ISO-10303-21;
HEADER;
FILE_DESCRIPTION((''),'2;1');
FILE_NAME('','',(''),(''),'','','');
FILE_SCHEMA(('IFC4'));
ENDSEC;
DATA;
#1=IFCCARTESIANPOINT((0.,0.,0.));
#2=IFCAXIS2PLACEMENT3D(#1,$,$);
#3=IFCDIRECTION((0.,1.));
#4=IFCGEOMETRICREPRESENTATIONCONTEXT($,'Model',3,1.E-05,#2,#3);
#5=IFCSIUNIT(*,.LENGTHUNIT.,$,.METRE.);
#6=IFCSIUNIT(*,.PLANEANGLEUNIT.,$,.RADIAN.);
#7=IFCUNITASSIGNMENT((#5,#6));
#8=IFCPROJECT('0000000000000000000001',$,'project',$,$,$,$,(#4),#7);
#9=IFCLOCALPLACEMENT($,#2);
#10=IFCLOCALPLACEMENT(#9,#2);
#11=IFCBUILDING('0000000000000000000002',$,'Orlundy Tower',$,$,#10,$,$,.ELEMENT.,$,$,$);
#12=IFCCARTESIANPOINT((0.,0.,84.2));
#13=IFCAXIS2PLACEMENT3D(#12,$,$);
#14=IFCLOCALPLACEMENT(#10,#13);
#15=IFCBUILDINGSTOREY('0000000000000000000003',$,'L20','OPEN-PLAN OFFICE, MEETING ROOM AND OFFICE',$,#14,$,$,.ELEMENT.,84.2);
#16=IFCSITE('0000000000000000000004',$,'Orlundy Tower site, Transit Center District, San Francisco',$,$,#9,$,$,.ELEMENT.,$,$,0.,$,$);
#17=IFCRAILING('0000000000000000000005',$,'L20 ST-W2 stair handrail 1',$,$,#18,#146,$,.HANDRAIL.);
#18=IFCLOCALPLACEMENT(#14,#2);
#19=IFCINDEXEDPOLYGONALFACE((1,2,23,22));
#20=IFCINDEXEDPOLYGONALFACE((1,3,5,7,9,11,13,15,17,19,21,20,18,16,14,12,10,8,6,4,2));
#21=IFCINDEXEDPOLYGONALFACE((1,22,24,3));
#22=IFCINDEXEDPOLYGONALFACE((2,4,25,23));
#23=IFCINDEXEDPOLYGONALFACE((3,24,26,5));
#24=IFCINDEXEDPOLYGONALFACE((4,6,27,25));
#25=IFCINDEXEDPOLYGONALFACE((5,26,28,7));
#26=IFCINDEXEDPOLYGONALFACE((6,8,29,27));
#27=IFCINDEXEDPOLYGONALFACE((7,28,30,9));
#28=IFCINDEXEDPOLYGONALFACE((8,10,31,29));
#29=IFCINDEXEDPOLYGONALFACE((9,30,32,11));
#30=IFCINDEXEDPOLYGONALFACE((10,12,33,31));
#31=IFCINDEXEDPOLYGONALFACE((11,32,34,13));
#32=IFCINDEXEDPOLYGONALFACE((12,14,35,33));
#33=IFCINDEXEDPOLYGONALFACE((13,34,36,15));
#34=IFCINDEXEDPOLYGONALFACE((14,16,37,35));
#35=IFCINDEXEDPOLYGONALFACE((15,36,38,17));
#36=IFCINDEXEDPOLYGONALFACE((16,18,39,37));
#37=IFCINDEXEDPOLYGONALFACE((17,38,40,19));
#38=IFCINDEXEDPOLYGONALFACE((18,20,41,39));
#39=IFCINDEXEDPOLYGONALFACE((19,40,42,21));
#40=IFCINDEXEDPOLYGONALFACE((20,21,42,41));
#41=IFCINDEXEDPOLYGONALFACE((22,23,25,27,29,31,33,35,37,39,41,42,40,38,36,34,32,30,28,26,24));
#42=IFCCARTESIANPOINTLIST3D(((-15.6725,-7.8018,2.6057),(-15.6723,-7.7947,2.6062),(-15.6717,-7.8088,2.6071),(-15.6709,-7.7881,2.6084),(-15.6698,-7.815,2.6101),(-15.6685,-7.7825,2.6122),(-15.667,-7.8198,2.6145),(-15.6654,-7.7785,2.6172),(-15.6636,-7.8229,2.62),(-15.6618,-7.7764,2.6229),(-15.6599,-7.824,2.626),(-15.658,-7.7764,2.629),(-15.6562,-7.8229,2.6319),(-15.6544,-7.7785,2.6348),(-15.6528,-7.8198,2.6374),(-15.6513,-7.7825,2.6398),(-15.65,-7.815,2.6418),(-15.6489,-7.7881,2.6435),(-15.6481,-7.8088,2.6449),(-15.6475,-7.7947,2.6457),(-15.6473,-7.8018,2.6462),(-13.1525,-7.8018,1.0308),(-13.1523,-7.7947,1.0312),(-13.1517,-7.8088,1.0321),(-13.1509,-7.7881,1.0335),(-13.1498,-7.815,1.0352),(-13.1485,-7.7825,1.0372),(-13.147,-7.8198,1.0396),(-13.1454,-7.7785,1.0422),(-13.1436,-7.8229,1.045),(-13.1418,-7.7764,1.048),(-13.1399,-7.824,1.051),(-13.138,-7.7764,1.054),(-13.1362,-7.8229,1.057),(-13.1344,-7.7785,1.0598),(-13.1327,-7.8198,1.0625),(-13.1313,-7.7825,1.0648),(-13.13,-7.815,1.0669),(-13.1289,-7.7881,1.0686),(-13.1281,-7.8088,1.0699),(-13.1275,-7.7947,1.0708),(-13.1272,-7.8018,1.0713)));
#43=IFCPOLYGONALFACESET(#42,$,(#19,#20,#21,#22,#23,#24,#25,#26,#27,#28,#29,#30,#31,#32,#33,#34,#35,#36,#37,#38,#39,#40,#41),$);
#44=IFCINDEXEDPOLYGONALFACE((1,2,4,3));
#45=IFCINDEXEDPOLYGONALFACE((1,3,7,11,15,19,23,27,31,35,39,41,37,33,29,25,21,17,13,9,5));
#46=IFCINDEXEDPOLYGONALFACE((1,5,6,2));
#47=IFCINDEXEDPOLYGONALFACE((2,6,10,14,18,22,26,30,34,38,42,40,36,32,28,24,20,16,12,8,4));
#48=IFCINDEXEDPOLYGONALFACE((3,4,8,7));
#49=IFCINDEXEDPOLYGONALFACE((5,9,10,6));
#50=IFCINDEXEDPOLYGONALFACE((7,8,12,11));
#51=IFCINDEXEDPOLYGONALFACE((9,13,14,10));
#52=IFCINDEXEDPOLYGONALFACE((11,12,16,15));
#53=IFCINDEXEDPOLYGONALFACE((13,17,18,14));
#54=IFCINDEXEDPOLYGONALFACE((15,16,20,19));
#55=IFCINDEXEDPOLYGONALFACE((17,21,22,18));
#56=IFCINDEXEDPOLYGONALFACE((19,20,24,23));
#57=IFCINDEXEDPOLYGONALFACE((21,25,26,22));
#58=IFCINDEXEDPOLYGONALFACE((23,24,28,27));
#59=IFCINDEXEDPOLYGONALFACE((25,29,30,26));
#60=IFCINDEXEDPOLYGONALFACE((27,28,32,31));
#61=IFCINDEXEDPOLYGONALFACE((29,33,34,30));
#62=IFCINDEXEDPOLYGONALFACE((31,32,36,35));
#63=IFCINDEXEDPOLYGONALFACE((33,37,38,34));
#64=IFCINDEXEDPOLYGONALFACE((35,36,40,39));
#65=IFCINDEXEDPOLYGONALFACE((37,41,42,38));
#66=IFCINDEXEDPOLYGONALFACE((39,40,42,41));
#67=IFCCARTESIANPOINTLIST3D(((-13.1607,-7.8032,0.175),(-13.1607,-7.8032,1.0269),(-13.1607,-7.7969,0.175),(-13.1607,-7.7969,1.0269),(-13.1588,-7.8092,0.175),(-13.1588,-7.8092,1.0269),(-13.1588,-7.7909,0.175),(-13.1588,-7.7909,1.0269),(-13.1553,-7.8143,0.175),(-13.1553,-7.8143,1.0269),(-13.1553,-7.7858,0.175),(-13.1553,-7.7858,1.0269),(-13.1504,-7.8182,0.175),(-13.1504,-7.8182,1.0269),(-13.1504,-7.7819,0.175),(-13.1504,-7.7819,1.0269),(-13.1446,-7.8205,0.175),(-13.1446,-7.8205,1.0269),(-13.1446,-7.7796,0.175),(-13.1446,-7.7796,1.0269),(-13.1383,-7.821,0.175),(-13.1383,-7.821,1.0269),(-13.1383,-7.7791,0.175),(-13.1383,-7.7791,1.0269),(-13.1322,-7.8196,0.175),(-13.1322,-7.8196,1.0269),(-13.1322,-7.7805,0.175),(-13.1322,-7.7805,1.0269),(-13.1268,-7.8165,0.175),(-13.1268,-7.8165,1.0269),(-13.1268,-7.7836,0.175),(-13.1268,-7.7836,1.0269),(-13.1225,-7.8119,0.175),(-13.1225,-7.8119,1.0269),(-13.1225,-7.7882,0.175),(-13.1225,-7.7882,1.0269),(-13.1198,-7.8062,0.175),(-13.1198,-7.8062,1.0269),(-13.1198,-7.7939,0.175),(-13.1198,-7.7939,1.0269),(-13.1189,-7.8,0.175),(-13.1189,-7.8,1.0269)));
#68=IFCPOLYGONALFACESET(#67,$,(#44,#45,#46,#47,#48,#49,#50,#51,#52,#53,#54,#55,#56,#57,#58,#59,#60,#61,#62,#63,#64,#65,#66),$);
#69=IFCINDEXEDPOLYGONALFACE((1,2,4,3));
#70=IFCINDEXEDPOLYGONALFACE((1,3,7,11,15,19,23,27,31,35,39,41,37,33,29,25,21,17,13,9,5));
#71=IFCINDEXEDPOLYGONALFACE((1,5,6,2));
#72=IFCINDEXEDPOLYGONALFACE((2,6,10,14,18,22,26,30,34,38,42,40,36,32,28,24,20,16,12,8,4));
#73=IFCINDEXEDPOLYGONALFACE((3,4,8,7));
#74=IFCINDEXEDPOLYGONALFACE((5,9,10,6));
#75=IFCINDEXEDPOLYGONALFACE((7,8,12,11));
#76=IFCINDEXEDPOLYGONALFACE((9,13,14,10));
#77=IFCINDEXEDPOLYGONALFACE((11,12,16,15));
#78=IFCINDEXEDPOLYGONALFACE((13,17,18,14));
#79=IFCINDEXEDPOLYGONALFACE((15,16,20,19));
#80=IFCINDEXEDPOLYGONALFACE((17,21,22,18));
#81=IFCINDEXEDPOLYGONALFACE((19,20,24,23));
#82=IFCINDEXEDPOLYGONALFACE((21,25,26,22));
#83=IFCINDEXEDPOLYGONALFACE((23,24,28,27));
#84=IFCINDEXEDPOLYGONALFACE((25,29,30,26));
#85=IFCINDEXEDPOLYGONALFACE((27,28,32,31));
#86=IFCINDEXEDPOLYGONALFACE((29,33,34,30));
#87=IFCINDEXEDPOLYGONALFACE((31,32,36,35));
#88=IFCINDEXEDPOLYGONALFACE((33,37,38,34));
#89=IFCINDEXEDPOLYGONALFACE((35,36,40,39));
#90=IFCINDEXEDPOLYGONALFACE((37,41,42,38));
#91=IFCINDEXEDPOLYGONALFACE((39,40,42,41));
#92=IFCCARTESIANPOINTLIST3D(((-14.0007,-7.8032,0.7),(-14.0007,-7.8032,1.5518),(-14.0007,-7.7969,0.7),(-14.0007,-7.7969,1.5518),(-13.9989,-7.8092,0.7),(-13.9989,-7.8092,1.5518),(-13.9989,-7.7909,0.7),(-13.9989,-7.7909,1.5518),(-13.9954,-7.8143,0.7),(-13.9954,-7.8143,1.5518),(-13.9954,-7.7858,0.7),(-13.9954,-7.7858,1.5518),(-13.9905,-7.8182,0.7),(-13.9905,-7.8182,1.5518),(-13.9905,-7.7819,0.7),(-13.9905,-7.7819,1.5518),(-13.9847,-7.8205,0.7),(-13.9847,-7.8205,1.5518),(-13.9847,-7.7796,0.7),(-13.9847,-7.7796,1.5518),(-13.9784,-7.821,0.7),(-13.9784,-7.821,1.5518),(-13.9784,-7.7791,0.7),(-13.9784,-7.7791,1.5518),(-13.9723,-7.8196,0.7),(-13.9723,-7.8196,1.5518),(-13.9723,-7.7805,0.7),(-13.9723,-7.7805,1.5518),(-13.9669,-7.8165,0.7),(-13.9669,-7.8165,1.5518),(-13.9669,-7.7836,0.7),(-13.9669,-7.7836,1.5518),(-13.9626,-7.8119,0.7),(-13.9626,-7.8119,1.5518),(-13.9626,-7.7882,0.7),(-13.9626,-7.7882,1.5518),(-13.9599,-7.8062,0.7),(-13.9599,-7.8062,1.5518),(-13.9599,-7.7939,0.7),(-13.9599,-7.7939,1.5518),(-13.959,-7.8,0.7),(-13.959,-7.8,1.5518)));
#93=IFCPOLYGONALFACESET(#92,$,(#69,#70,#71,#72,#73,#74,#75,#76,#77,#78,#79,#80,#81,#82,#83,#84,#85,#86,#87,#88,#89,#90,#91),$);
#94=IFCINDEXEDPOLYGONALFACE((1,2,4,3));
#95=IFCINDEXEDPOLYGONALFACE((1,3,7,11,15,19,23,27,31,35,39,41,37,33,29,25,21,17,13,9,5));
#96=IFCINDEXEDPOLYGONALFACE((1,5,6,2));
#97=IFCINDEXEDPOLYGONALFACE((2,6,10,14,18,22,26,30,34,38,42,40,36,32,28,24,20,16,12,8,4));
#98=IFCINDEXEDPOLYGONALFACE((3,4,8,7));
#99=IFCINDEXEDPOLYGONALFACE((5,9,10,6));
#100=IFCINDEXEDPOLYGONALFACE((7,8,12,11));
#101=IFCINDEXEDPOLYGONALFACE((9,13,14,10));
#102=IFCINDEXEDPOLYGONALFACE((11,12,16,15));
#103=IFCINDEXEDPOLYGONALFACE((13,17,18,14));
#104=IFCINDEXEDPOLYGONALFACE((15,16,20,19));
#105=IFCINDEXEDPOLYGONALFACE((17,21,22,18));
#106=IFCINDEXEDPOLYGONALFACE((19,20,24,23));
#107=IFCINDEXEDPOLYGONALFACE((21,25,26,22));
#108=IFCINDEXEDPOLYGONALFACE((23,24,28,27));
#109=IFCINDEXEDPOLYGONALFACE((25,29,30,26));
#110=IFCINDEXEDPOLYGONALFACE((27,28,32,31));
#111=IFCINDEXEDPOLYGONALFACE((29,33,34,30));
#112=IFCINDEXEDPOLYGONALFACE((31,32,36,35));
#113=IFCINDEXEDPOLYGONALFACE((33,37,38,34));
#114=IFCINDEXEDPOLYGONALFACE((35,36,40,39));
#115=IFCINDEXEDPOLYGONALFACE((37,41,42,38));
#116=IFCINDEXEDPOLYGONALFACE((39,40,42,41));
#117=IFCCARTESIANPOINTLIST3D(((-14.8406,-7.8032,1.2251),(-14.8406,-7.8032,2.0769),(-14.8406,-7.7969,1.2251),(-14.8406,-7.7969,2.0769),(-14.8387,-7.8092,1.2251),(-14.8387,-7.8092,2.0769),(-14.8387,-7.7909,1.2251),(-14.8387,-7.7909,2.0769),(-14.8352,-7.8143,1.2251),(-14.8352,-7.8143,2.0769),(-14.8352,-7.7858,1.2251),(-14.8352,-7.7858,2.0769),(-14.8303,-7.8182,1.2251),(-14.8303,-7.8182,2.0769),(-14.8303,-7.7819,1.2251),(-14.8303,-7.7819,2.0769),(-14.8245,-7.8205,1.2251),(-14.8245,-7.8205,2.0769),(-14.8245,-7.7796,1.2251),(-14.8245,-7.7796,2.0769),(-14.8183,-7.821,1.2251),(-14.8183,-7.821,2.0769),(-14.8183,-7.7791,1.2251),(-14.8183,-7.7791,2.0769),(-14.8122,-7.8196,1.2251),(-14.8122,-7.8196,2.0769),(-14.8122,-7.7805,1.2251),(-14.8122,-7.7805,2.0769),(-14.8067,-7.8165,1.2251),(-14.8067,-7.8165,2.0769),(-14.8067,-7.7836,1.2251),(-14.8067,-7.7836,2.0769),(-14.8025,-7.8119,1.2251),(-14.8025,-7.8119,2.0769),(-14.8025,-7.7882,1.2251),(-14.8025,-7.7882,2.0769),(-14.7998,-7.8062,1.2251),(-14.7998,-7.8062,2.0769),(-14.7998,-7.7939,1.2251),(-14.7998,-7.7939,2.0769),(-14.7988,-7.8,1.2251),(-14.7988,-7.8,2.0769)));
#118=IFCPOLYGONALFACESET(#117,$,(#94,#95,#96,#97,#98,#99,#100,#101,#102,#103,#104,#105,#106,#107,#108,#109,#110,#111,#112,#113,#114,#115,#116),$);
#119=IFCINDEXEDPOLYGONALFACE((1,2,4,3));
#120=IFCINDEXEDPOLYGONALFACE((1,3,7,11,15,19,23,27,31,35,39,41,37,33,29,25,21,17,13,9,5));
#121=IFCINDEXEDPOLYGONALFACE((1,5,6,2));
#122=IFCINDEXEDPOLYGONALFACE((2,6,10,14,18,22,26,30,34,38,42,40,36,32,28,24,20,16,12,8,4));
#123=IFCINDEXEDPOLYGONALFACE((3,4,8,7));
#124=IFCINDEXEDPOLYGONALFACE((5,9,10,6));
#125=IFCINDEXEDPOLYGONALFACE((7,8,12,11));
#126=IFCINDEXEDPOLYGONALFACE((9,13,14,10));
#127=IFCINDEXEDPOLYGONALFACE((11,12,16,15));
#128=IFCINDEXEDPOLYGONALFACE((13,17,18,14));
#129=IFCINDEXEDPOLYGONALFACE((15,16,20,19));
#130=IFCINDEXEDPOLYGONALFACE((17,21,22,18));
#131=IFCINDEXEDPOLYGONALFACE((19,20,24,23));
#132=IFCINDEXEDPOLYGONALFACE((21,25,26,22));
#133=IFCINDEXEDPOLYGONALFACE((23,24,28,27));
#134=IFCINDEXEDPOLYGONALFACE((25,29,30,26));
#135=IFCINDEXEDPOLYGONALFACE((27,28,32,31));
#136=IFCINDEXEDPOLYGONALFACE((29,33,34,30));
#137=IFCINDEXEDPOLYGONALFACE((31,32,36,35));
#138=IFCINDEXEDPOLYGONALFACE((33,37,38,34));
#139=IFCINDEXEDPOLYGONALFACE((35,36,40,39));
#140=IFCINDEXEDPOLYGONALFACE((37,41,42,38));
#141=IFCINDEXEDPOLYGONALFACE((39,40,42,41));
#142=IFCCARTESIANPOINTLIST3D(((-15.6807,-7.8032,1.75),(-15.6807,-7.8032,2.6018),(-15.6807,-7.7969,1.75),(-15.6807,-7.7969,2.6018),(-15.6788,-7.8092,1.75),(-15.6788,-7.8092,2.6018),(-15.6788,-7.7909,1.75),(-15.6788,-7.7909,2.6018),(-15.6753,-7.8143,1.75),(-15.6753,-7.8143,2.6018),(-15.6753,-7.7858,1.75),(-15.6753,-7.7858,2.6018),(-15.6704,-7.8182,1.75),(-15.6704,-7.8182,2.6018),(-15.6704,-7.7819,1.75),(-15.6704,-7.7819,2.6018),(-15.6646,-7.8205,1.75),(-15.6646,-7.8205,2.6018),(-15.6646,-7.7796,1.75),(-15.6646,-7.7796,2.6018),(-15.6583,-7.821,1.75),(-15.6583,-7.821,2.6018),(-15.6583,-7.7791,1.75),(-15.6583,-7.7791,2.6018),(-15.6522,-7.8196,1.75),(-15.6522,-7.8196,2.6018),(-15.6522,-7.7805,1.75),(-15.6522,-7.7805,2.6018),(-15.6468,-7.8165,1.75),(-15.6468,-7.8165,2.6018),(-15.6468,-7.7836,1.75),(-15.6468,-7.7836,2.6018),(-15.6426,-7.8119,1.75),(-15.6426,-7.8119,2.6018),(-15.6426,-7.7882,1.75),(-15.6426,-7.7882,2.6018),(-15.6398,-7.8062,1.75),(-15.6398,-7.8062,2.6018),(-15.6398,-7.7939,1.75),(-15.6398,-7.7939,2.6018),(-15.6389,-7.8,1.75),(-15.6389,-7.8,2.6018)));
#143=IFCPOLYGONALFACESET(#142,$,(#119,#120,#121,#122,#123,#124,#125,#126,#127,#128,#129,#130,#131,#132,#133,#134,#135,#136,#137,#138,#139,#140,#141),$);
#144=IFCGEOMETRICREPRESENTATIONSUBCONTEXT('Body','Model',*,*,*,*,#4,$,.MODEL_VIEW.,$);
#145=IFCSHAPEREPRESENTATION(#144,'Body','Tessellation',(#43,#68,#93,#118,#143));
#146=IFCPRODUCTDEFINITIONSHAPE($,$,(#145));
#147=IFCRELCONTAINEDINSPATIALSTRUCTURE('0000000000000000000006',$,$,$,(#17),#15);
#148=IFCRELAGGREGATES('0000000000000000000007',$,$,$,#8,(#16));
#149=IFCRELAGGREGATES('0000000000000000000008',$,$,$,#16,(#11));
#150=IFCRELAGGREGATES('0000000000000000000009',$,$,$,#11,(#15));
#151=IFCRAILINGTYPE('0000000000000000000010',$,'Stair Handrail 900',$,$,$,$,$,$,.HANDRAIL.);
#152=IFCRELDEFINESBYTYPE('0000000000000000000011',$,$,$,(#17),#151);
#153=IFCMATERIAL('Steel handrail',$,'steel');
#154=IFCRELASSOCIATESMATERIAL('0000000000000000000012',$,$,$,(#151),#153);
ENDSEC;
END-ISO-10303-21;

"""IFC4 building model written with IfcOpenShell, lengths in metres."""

from ifc_helpers import new_model, si_unit, direction, frame, origin, origin_2d, place, context, subcontext, project, spatial, circle, extrude, material, type_object, element, save


model = new_model("IFC4")

# Units and contexts
model_context = context("Model", 3, precision=1e-05, world=origin(), true_north=direction((0.0, 1.0)))
body_context = subcontext(model_context, "Body", "Model", "MODEL_VIEW")
ifc_project = project(units=[si_unit("LENGTHUNIT", "METRE"), si_unit("PLANEANGLEUNIT", "RADIAN")], contexts=[model_context])

# Site, building, storey
site_placement = place(None, origin())
site = spatial("IfcSite", under=ifc_project, at=site_placement, Name="Orlundy Tower site, Transit Center District, San Francisco", CompositionType="ELEMENT", RefElevation=0.0)
building_placement = place(site_placement, origin())
building = spatial("IfcBuilding", under=site, at=building_placement, Name="Orlundy Tower", CompositionType="ELEMENT")
storey_placement = place(building_placement, frame((0.0, 0.0, 84.2)))
storey = spatial("IfcBuildingStorey", under=building, at=storey_placement, Name="L20", Description="OPEN-PLAN OFFICE, MEETING ROOM AND OFFICE", CompositionType="ELEMENT", Elevation=84.2)

# Railing
ifc_material_1 = material(Name="Steel handrail", Category="steel")
railing_type_1 = type_object("IfcRailingType", Name="Stair Handrail 900", PredefinedType="HANDRAIL", material=ifc_material_1)
railing_1_placement = place(storey_placement, frame((-13.1399, -7.8, 0.175)))
element("IfcRailing", 1, at=railing_1_placement, inside=storey, type_object=railing_type_1, Name="L20 ST-W2 stair handrail 1", PredefinedType="HANDRAIL", context=body_context, shape_type="SweptSolid", body=[
    extrude(circle(Radius=0.0239, at=origin_2d()), frame((0.0, 0.0, 0.876), z_axis=(-0.848008, 0.0, 0.529984), x_axis=(0.0, -1.0, 0.0)), (0.0, 0.0, 1.0), 2.9717),
    extrude(circle(Radius=0.021, at=origin_2d()), origin(), (0.0, 0.0, 1.0), 0.8518),
    extrude(circle(Radius=0.021, at=origin_2d()), frame((-0.8401, 0.0, 0.5249)), (0.0, 0.0, 1.0), 0.8518),
    extrude(circle(Radius=0.021, at=origin_2d()), frame((-1.6799, 0.0, 1.05)), (0.0, 0.0, 1.0), 0.8518),
    extrude(circle(Radius=0.021, at=origin_2d()), frame((-2.52, 0.0, 1.575)), (0.0, 0.0, 1.0), 0.8518),
])

save(model, "model.ifc")
